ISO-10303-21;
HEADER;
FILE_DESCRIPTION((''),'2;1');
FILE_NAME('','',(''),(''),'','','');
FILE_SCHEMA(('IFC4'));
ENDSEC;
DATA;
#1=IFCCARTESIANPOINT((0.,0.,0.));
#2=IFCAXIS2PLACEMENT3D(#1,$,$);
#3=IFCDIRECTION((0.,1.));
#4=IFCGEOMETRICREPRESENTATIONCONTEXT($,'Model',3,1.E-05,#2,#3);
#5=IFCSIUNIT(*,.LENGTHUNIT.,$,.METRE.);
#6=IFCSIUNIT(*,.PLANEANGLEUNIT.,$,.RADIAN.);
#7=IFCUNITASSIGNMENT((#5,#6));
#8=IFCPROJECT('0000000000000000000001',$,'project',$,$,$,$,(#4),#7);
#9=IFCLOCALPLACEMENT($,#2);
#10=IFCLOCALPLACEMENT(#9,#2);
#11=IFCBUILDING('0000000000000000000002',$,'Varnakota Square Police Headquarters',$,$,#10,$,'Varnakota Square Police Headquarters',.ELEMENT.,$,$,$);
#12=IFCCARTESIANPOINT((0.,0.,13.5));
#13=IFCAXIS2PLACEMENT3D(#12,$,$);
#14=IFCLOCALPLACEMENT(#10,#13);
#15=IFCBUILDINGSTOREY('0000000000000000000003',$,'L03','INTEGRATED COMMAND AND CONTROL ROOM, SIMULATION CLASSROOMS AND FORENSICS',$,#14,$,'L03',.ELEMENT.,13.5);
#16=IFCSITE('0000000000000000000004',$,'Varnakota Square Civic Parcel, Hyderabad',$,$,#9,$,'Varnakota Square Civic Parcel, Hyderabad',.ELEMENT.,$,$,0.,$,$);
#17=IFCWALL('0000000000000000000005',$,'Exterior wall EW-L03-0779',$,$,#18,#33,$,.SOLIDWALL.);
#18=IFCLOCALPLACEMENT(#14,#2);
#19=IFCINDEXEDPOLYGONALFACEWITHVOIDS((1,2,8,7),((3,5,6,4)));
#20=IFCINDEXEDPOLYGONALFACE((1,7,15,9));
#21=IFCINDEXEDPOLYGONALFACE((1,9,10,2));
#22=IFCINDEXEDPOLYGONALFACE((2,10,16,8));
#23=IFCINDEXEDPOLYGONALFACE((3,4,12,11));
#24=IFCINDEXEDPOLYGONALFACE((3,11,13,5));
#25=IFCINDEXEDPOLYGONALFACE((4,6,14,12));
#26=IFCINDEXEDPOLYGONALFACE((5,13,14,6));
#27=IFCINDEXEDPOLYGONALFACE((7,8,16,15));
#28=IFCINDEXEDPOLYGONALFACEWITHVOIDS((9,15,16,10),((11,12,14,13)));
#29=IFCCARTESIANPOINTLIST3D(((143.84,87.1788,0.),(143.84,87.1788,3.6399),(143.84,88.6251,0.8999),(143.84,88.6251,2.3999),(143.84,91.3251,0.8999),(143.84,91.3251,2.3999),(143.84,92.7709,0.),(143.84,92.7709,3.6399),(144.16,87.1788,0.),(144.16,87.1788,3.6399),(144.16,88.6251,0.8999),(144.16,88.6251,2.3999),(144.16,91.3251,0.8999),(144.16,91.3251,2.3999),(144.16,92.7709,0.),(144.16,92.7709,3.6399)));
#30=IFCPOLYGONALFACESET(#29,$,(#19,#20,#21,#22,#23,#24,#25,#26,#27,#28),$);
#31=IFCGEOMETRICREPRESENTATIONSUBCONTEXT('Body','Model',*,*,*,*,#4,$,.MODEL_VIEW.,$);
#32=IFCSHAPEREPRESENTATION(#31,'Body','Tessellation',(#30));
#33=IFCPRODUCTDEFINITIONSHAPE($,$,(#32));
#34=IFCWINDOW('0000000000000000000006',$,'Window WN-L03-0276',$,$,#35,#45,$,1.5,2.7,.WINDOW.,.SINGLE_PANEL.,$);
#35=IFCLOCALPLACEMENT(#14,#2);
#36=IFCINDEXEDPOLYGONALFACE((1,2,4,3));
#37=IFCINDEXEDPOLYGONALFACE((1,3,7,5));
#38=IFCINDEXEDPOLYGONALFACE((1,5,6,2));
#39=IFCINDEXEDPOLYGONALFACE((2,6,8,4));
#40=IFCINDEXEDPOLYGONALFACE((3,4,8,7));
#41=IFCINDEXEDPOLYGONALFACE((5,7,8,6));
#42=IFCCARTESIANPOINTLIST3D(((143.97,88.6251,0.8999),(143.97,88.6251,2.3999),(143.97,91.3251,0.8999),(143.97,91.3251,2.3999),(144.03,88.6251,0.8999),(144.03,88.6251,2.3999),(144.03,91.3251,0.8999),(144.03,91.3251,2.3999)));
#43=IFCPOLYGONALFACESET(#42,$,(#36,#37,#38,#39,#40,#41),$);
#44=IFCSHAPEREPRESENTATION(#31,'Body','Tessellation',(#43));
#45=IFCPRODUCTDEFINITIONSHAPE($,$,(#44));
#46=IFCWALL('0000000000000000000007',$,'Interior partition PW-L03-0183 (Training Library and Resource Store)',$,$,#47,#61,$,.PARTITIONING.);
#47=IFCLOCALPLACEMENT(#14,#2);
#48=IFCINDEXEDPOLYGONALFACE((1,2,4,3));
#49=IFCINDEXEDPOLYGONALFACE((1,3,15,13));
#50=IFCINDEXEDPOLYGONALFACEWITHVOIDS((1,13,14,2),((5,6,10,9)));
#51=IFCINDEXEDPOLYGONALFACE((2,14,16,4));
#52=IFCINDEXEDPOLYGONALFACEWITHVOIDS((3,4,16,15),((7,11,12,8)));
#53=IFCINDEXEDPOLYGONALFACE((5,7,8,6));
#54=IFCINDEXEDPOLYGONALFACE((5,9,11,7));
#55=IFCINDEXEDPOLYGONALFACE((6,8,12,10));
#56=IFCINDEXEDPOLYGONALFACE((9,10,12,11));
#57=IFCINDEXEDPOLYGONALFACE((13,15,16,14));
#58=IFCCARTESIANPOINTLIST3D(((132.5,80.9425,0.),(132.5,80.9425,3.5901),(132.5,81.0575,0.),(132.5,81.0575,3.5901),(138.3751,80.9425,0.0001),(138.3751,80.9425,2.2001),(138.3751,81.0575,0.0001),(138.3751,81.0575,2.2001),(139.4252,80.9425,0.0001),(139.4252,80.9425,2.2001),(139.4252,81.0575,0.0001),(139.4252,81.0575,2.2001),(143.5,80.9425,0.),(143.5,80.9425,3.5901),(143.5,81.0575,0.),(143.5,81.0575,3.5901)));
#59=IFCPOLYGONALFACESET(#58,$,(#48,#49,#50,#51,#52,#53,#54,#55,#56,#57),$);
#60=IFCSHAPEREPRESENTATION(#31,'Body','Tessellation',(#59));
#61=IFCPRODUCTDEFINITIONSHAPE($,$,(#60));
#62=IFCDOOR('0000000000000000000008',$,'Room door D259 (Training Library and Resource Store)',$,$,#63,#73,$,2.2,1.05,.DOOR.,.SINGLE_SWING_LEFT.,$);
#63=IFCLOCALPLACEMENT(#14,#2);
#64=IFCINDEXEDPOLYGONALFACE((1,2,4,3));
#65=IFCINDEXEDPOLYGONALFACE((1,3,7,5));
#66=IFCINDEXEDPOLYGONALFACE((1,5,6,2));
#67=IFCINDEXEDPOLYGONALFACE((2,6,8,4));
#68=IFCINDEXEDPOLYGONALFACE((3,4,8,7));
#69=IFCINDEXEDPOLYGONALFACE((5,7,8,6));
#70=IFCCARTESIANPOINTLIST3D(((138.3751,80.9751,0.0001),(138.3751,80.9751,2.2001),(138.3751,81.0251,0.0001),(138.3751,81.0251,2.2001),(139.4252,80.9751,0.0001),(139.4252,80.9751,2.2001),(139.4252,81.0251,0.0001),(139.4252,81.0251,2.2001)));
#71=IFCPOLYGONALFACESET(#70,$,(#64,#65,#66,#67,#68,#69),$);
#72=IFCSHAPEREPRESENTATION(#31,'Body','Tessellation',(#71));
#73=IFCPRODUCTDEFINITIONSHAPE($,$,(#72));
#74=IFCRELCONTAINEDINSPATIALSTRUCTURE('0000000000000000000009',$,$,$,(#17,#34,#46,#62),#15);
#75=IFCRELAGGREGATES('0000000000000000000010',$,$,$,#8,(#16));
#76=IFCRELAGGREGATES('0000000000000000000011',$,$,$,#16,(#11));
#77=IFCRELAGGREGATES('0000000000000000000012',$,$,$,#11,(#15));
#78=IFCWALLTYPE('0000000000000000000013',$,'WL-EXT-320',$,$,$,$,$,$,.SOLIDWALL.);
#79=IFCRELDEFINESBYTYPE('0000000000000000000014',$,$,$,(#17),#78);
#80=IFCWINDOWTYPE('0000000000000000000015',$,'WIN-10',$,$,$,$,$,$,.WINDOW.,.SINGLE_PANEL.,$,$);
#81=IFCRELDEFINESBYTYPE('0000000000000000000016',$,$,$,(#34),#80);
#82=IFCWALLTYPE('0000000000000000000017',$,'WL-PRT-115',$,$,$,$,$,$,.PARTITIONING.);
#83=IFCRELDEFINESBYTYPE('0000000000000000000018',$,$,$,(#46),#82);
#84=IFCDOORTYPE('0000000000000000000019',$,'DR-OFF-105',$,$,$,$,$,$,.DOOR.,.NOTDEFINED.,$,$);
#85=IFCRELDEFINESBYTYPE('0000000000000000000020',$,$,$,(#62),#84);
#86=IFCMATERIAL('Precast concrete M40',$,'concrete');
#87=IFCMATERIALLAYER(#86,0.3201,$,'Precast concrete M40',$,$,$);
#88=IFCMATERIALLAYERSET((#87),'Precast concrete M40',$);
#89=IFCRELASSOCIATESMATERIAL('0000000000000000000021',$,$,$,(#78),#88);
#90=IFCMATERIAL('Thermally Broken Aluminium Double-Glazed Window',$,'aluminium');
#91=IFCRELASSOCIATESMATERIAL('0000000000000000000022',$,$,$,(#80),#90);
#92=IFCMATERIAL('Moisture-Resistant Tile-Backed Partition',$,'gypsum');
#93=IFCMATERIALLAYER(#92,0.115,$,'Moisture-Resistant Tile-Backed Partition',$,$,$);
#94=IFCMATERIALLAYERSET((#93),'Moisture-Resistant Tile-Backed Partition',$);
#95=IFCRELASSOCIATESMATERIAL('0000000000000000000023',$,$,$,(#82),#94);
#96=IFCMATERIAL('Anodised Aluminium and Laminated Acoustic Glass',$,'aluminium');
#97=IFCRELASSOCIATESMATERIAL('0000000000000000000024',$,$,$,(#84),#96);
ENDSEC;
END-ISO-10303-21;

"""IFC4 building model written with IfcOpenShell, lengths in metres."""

from ifc_helpers import new_model, si_unit, direction, frame, frame_2d, origin, place, context, subcontext, project, spatial, rectangle, extrude, material, layer, layer_set, type_object, element, fill, save


model = new_model("IFC4")

# Units and contexts
model_context = context("Model", 3, precision=1e-05, world=origin(), true_north=direction((0.0, 1.0)))
body_context = subcontext(model_context, "Body", "Model", "MODEL_VIEW")
ifc_project = project(units=[si_unit("LENGTHUNIT", "METRE"), si_unit("PLANEANGLEUNIT", "RADIAN")], contexts=[model_context])

# Site, building, storey
site_placement = place(None, origin())
site = spatial("IfcSite", under=ifc_project, at=site_placement, Name="Varnakota Square Civic Parcel, Hyderabad", LongName="Varnakota Square Civic Parcel, Hyderabad", CompositionType="ELEMENT", RefElevation=0.0)
building_placement = place(site_placement, origin())
building = spatial("IfcBuilding", under=site, at=building_placement, Name="Varnakota Square Police Headquarters", LongName="Varnakota Square Police Headquarters", CompositionType="ELEMENT")
storey_placement = place(building_placement, frame((0.0, 0.0, 13.5)))
storey = spatial("IfcBuildingStorey", under=building, at=storey_placement, Name="L03", Description="INTEGRATED COMMAND AND CONTROL ROOM, SIMULATION CLASSROOMS AND FORENSICS", LongName="L03", CompositionType="ELEMENT", Elevation=13.5)

# Wall, opening, window
ifc_material_1 = material(Name="Precast concrete M40", Category="concrete")
ifc_layer_1 = layer(ifc_material_1, 0.3201, Name="Precast concrete M40")
ifc_layer_set_1 = layer_set([ifc_layer_1], Name="Precast concrete M40")
wall_type_1 = type_object("IfcWallType", Name="WL-EXT-320", PredefinedType="SOLIDWALL", material=ifc_layer_set_1)
ifc_material_2 = material(Name="Thermally Broken Aluminium Double-Glazed Window", Category="aluminium")
window_type = type_object("IfcWindowType", Name="WIN-10", PartitioningType="SINGLE_PANEL", PredefinedType="WINDOW", material=ifc_material_2)
wall_1_placement = place(storey_placement, frame((144.0, 87.179, 0.0), z_axis=(0.0, 0.0, 1.0), x_axis=(0.0, 1.0, 0.0)))
wall_1 = element("IfcWall", 1, at=wall_1_placement, inside=storey, type_object=wall_type_1, Name="Exterior wall EW-L03-0779", PredefinedType="SOLIDWALL", context=body_context, shape_type="SweptSolid", body=[
    extrude(rectangle(XDim=5.592, YDim=0.3201, at=frame_2d((2.7959, 0.0))), origin(), (0.0, 0.0, 1.0), 3.6399),
])
opening_1_placement = place(wall_1_placement, frame((1.446, 0.0, 0.8999)))
opening_1 = element("IfcOpeningElement", 2, at=opening_1_placement, cuts=wall_1, PredefinedType="OPENING", context=body_context, shape_type="SweptSolid", body=[
    extrude(rectangle(XDim=2.7, YDim=1.5, at=frame_2d((1.3501, 0.75))), frame((0.0, 0.1699, 0.0), z_axis=(0.0, -1.0, 0.0), x_axis=(1.0, 0.0, 0.0)), (0.0, 0.0, 1.0), 0.3401),
])
window_1_placement = place(opening_1_placement, origin())
window_1 = element("IfcWindow", 3, at=window_1_placement, inside=storey, type_object=window_type, Name="Window WN-L03-0276", OverallHeight=1.5, OverallWidth=2.7, PartitioningType="SINGLE_PANEL", PredefinedType="WINDOW", context=body_context, shape_type="SweptSolid", body=[
    extrude(rectangle(XDim=2.7, YDim=1.5, at=frame_2d((1.3501, 0.75))), frame((0.0, 0.03, 0.0), z_axis=(0.0, -1.0, 0.0), x_axis=(1.0, 0.0, 0.0)), (0.0, 0.0, 1.0), 0.0601),
])
fill(opening_1, window_1)

# Wall, opening, door
ifc_material_3 = material(Name="Moisture-Resistant Tile-Backed Partition", Category="gypsum")
ifc_layer_2 = layer(ifc_material_3, 0.115, Name="Moisture-Resistant Tile-Backed Partition")
ifc_layer_set_2 = layer_set([ifc_layer_2], Name="Moisture-Resistant Tile-Backed Partition")
wall_type_2 = type_object("IfcWallType", Name="WL-PRT-115", PredefinedType="PARTITIONING", material=ifc_layer_set_2)
wall_2_placement = place(storey_placement, frame((143.5, 81.0, 0.0), z_axis=(0.0, 0.0, 1.0), x_axis=(-1.0, 0.0, 0.0)))
wall_2 = element("IfcWall", 4, at=wall_2_placement, inside=storey, type_object=wall_type_2, Name="Interior partition PW-L03-0183 (Training Library and Resource Store)", PredefinedType="PARTITIONING", context=body_context, shape_type="SweptSolid", body=[
    extrude(rectangle(XDim=11.0, YDim=0.115, at=frame_2d((5.5, 0.0))), origin(), (0.0, 0.0, 1.0), 3.5901),
])
opening_2_placement = place(wall_2_placement, frame((4.075, 0.0, 0.0)))
opening_2 = element("IfcOpeningElement", 5, at=opening_2_placement, cuts=wall_2, PredefinedType="OPENING", context=body_context, shape_type="SweptSolid", body=[
    extrude(rectangle(XDim=1.05, YDim=2.2, at=frame_2d((0.5249, 1.1001))), frame((0.0, 0.0674, 0.0), z_axis=(0.0, -1.0, 0.0), x_axis=(1.0, 0.0, 0.0)), (0.0, 0.0, 1.0), 0.135),
])
ifc_material_4 = material(Name="Anodised Aluminium and Laminated Acoustic Glass", Category="aluminium")
door_type = type_object("IfcDoorType", Name="DR-OFF-105", OperationType="NOTDEFINED", PredefinedType="DOOR", material=ifc_material_4)
door_placement = place(opening_2_placement, origin())
door = element("IfcDoor", 6, at=door_placement, inside=storey, type_object=door_type, Name="Room door D259 (Training Library and Resource Store)", OperationType="SINGLE_SWING_LEFT", OverallHeight=2.2, OverallWidth=1.05, PredefinedType="DOOR", context=body_context, shape_type="SweptSolid", body=[
    extrude(rectangle(XDim=1.05, YDim=2.2, at=frame_2d((0.5249, 1.1001))), frame((0.0, 0.0249, 0.0), z_axis=(0.0, -1.0, 0.0), x_axis=(1.0, 0.0, 0.0)), (0.0, 0.0, 1.0), 0.05),
])
fill(opening_2, door)

save(model, "model.ifc")
